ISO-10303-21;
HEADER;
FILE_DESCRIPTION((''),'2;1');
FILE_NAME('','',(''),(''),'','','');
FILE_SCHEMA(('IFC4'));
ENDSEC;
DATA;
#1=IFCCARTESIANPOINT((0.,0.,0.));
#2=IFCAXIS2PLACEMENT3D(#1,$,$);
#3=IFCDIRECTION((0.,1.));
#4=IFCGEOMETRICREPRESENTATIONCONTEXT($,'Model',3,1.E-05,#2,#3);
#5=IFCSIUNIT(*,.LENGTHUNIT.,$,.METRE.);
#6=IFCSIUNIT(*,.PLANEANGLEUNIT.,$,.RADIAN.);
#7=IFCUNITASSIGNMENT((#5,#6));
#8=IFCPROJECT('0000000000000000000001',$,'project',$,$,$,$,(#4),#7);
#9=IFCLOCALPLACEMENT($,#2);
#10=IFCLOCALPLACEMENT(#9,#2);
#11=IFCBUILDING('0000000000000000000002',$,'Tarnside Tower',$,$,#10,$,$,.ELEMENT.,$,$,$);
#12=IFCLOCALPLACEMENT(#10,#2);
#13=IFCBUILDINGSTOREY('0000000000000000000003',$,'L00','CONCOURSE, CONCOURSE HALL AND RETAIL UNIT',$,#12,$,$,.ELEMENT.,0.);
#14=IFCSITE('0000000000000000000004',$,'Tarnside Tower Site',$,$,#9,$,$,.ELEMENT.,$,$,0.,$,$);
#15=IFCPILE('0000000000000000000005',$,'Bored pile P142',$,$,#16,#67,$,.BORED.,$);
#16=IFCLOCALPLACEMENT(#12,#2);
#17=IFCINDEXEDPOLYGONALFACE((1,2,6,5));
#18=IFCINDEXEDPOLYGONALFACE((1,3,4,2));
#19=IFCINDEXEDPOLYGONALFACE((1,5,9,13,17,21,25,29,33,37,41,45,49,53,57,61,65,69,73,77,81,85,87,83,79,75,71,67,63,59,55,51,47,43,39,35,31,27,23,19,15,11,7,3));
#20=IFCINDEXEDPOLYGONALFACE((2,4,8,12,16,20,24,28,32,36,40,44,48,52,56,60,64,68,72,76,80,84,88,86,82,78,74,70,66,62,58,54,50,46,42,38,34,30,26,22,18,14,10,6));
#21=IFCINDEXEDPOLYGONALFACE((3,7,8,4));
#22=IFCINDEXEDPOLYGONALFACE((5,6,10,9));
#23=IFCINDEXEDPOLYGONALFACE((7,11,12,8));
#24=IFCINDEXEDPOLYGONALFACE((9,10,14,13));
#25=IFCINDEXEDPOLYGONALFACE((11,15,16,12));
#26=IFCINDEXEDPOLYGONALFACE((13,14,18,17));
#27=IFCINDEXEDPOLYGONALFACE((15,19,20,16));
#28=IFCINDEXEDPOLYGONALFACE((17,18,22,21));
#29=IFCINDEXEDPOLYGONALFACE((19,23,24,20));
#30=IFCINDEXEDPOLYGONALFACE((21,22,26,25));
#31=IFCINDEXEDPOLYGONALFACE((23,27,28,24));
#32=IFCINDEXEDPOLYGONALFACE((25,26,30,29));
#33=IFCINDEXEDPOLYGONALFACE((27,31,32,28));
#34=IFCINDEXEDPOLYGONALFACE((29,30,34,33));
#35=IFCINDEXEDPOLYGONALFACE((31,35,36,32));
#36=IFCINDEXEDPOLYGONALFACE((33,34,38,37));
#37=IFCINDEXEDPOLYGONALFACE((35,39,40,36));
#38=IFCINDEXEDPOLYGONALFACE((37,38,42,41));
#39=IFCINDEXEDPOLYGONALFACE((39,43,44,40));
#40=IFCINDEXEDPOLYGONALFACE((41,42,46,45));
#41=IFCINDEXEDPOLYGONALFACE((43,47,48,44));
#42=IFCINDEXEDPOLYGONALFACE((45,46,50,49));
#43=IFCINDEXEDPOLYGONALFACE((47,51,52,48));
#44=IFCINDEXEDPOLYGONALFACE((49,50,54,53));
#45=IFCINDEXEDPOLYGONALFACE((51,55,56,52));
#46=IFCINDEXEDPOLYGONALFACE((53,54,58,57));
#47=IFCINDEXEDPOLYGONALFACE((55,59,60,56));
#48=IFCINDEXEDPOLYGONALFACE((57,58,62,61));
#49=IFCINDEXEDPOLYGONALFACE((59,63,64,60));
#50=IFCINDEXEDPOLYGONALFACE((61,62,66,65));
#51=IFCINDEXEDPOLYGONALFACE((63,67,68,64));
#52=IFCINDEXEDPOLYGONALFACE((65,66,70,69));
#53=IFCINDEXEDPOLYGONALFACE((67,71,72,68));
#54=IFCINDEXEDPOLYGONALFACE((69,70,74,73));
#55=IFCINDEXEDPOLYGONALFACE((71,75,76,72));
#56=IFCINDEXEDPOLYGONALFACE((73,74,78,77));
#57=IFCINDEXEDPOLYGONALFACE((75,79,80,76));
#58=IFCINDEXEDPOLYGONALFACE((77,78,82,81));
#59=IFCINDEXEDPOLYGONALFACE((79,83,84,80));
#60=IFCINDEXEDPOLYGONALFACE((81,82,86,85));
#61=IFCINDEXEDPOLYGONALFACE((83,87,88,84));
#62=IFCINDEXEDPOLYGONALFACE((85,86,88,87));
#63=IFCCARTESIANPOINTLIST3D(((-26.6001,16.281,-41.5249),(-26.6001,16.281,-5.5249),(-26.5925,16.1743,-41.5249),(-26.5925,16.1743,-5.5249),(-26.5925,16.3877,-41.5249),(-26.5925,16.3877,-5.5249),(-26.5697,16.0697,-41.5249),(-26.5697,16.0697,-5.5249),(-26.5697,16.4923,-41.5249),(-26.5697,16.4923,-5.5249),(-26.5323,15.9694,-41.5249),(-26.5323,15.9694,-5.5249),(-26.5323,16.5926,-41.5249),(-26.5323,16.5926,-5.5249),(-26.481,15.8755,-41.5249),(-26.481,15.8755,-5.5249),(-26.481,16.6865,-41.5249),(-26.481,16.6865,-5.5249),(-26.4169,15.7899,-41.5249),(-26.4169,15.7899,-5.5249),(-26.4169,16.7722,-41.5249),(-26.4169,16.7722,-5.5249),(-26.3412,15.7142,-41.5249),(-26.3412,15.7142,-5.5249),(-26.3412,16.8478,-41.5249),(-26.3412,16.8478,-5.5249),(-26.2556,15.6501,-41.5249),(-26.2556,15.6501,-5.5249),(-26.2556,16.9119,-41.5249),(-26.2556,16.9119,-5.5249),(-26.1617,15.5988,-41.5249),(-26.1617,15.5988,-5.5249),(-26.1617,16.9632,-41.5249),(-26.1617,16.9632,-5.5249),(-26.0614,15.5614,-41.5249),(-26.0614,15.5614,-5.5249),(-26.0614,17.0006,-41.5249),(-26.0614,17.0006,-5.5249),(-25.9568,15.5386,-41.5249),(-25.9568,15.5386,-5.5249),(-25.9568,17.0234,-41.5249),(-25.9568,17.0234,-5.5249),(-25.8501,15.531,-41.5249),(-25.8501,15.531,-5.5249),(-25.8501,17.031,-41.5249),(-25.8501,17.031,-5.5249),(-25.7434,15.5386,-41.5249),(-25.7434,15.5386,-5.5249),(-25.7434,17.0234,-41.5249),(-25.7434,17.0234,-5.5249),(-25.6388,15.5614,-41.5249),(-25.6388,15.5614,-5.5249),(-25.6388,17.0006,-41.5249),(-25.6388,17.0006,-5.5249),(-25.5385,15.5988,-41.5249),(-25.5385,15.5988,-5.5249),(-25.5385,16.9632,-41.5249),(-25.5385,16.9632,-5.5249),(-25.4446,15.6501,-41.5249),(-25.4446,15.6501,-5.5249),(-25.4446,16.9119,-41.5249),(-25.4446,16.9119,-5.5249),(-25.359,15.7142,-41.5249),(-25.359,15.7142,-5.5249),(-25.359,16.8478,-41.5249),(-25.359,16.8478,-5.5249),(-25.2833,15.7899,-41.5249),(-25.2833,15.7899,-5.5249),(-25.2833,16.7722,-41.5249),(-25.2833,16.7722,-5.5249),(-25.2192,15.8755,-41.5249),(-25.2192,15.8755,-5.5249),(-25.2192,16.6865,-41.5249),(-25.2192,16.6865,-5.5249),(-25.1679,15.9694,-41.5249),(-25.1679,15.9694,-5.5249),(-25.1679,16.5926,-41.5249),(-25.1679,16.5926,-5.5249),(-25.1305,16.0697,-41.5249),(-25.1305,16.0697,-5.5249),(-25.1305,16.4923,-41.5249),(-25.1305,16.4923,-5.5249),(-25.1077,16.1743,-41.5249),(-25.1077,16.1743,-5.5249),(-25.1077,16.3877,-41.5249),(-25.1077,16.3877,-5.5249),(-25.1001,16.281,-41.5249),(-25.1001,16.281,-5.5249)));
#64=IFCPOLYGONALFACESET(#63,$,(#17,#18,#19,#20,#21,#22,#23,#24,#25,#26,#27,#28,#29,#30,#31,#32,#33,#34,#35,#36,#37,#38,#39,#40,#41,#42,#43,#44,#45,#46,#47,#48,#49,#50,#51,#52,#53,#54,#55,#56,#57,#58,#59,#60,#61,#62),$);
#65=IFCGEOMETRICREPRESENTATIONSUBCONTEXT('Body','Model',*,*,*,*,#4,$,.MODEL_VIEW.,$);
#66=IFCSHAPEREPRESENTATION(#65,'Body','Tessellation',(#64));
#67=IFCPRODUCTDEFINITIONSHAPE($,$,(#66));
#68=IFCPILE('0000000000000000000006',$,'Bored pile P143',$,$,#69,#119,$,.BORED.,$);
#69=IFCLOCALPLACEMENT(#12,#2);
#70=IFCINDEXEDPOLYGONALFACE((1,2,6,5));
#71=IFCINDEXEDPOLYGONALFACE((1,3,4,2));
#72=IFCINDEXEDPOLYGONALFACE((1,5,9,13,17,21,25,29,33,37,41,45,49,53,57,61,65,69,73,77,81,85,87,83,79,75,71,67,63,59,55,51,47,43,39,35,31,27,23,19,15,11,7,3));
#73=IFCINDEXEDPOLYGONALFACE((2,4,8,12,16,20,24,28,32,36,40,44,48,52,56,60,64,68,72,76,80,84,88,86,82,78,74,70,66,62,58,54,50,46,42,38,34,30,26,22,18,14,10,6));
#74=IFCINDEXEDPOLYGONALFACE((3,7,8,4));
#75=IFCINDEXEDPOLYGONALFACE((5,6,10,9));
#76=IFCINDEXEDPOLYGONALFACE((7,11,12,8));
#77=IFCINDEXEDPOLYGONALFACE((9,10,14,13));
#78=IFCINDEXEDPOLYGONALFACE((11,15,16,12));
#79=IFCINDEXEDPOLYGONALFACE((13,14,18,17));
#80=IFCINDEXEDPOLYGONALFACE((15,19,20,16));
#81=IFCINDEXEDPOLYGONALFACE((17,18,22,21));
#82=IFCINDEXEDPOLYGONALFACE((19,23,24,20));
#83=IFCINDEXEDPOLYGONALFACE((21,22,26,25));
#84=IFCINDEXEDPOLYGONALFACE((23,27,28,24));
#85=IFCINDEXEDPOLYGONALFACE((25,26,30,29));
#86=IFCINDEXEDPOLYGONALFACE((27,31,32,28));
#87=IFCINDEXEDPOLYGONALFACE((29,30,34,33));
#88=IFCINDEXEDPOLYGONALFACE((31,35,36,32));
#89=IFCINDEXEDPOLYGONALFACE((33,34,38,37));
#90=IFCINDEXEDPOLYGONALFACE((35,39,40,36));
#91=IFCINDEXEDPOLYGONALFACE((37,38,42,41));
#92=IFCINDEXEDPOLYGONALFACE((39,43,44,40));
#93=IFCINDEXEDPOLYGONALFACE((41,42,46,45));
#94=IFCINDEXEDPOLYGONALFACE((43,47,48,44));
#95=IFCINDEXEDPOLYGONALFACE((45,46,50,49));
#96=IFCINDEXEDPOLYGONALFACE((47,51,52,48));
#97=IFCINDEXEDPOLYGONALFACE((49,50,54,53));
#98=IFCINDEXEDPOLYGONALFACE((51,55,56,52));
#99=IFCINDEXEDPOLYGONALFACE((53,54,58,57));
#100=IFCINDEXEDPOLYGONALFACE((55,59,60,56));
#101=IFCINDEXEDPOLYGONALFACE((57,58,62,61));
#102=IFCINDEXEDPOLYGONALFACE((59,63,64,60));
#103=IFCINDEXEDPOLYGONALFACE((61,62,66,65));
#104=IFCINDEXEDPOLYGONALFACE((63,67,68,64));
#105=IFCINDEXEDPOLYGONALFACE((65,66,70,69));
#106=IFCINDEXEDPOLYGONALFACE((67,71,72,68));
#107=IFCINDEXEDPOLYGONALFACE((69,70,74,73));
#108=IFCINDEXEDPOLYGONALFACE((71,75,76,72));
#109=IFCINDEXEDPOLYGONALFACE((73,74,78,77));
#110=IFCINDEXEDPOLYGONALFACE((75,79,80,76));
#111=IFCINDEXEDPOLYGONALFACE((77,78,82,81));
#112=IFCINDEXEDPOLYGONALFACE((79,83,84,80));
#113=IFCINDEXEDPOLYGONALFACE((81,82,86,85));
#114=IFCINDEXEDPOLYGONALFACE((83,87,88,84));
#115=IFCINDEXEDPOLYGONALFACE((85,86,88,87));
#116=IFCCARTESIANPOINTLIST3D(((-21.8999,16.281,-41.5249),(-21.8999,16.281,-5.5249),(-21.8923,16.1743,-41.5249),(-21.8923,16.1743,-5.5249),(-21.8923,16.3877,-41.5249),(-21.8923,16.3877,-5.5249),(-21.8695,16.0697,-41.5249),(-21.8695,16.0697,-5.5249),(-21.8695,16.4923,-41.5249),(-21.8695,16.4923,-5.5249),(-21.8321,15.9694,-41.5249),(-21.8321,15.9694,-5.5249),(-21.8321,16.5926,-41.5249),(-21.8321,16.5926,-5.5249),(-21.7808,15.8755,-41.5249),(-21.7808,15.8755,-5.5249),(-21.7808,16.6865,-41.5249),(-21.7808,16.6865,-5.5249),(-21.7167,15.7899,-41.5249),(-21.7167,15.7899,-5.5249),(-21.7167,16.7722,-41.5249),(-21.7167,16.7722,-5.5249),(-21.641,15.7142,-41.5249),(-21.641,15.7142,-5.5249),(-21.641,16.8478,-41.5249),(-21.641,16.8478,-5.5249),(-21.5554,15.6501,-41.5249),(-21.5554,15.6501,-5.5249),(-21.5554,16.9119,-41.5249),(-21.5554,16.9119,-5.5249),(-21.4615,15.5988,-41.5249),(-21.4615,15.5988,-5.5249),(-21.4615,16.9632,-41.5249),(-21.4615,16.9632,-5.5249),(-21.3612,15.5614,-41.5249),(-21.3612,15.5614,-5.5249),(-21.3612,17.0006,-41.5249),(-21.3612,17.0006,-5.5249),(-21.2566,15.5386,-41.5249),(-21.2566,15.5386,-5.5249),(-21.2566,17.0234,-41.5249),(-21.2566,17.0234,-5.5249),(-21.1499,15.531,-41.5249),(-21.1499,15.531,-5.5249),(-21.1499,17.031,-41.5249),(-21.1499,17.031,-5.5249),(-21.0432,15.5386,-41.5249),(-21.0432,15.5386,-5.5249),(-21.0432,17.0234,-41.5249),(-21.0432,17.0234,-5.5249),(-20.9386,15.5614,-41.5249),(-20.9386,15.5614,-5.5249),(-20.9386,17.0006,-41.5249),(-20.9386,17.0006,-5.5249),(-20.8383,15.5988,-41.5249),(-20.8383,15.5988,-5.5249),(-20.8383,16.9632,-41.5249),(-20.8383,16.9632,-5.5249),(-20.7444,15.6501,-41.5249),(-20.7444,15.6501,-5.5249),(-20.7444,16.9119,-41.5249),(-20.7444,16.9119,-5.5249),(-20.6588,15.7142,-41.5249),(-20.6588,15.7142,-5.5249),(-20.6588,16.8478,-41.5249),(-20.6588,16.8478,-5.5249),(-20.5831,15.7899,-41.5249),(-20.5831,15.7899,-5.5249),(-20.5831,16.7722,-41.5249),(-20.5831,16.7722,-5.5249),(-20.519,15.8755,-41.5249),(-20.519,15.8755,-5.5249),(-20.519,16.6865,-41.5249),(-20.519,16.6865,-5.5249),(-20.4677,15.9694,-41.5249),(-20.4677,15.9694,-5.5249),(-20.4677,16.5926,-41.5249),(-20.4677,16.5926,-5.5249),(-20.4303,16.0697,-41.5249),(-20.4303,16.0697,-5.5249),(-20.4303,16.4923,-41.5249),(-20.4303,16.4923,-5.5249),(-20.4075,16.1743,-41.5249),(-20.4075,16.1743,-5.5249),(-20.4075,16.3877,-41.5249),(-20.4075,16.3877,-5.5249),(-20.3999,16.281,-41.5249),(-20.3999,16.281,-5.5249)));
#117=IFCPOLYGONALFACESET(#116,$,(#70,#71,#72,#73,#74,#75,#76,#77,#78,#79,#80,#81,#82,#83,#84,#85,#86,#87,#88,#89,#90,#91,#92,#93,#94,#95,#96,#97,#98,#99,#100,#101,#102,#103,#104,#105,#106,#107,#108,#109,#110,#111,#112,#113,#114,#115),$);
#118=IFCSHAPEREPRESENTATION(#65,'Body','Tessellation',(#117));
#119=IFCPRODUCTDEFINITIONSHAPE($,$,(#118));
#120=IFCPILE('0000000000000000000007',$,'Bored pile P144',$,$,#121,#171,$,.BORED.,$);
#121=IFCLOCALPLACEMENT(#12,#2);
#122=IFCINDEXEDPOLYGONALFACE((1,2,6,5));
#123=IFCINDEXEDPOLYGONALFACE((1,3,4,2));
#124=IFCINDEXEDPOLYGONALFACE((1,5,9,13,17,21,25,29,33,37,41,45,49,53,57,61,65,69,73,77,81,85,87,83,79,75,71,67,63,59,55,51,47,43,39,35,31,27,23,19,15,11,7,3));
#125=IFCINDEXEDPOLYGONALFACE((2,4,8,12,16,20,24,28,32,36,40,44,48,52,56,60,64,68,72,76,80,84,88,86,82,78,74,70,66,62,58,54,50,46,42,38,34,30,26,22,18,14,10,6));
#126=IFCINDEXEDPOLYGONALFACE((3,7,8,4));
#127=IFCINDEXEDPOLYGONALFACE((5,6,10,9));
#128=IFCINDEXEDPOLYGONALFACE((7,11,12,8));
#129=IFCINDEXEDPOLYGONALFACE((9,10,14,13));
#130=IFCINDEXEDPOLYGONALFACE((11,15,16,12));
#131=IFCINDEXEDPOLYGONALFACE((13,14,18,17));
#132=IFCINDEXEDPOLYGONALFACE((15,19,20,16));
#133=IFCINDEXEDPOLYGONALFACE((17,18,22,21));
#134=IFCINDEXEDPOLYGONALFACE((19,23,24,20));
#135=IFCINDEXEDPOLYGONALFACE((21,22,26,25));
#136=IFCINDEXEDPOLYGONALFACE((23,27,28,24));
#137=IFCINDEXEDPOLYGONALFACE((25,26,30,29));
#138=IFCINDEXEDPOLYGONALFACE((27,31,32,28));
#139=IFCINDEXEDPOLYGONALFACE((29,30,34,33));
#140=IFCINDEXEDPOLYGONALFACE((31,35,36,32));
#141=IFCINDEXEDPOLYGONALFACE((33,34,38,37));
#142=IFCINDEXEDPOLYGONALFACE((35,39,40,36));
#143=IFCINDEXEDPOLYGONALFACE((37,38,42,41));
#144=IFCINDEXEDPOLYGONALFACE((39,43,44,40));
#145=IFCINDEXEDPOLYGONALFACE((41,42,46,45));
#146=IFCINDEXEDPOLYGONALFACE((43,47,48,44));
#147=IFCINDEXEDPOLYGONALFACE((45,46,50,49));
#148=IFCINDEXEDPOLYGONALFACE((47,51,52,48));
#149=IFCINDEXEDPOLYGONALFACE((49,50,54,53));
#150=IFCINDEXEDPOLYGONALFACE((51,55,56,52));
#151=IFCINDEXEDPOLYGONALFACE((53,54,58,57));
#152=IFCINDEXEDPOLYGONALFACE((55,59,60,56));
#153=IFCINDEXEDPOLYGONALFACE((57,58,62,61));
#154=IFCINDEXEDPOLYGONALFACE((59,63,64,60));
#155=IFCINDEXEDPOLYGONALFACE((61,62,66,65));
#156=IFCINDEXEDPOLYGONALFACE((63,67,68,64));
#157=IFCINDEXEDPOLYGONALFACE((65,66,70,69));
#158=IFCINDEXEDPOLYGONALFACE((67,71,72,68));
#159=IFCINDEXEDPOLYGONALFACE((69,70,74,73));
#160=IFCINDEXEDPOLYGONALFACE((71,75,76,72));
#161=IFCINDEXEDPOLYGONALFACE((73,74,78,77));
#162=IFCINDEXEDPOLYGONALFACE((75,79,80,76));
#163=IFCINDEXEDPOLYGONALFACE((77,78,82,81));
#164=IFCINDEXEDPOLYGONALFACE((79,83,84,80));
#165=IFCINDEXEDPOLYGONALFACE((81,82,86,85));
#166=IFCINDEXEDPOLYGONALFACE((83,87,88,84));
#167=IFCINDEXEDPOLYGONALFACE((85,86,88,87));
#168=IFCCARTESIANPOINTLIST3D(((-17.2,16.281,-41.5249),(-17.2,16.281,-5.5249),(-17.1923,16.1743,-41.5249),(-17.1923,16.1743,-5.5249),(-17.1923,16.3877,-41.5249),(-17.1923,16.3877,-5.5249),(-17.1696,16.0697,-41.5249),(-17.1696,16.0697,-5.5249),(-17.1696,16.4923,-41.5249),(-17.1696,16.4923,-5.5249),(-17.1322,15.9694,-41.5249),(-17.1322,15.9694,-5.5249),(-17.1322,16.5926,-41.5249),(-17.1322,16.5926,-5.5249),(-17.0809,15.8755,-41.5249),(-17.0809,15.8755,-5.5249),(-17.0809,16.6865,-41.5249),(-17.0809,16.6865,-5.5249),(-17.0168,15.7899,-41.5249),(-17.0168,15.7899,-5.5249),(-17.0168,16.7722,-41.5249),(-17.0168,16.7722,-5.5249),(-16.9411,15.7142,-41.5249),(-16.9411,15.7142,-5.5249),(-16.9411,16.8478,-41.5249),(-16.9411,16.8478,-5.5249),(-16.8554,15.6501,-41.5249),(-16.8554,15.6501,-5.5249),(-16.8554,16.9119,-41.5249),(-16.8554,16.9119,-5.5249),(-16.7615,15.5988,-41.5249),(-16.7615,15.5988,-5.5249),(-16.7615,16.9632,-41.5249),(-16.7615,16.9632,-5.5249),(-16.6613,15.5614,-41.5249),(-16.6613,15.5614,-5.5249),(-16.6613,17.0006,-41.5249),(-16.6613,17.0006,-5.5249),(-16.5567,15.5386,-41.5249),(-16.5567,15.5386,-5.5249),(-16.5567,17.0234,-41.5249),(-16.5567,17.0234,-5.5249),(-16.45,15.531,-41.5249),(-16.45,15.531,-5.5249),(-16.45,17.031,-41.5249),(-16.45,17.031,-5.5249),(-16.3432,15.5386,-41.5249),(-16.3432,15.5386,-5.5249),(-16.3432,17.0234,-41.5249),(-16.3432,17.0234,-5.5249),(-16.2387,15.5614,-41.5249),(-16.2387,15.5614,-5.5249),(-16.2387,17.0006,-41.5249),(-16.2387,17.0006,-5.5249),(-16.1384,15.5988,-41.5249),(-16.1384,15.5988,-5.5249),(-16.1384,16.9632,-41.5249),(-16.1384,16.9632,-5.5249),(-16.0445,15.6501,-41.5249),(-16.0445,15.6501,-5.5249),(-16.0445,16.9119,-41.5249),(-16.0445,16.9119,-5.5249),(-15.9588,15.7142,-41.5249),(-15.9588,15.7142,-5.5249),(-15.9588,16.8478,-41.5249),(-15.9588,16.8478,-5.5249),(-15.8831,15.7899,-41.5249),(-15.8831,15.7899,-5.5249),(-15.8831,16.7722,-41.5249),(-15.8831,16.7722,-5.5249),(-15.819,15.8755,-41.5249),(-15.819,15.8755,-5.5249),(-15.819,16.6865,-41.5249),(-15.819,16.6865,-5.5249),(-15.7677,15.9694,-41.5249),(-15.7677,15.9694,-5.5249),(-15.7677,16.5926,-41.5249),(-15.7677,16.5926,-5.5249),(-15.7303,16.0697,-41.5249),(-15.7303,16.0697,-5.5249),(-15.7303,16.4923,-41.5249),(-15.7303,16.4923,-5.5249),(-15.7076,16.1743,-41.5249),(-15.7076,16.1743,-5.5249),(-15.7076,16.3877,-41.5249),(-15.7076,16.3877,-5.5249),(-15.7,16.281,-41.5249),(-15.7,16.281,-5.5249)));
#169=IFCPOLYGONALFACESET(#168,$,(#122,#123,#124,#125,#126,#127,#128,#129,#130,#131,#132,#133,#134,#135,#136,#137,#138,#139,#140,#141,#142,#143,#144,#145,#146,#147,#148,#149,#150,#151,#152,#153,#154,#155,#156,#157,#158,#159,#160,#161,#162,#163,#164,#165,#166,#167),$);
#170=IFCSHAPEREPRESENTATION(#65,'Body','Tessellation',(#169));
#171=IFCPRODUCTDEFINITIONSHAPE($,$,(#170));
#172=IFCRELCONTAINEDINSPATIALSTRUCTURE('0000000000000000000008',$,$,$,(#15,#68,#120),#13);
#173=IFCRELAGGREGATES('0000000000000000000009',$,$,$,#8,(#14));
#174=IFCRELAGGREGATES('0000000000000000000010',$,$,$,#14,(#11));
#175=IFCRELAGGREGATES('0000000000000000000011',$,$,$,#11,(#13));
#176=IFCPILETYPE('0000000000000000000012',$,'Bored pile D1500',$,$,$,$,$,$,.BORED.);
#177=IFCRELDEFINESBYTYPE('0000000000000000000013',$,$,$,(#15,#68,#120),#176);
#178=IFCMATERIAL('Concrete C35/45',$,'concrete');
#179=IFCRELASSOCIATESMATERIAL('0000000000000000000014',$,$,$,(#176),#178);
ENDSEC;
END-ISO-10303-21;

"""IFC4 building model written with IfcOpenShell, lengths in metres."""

from ifc_helpers import new_model, si_unit, direction, frame, origin, origin_2d, place, context, subcontext, project, spatial, circle, extrude, material, material_profile, profile_set, type_object, element, save


model = new_model("IFC4")

# Units and contexts
model_context = context("Model", 3, precision=1e-05, world=origin(), true_north=direction((0.0, 1.0)))
body_context = subcontext(model_context, "Body", "Model", "MODEL_VIEW")
ifc_project = project(units=[si_unit("LENGTHUNIT", "METRE"), si_unit("PLANEANGLEUNIT", "RADIAN")], contexts=[model_context])

# Site, building, storey
site_placement = place(None, origin())
site = spatial("IfcSite", under=ifc_project, at=site_placement, Name="Tarnside Tower Site", CompositionType="ELEMENT", RefElevation=0.0)
building_placement = place(site_placement, origin())
building = spatial("IfcBuilding", under=site, at=building_placement, Name="Tarnside Tower", CompositionType="ELEMENT")
storey_placement = place(building_placement, origin())
storey = spatial("IfcBuildingStorey", under=building, at=storey_placement, Name="L00", Description="CONCOURSE, CONCOURSE HALL AND RETAIL UNIT", CompositionType="ELEMENT", Elevation=0.0)

# Piles
ifc_material_1 = material(Name="Concrete C35/45", Category="concrete")
ifc_material_profile_1 = material_profile(ifc_material_1, circle(Radius=0.75, at=origin_2d()), Name="Bored pile D1500")
ifc_profile_set_1 = profile_set([ifc_material_profile_1], Name="Concrete C35/45")
pile_type = type_object("IfcPileType", Name="Bored pile D1500", PredefinedType="BORED", material=ifc_profile_set_1)
for number, where, z_axis, x_axis, name in (
    (1, (-25.8501, 16.281, -5.5249), (0.0, 0.0, -1.0), (1.0, 0.0, 0.0), "Bored pile P142"),
    (2, (-21.1499, 16.281, -5.5249), (0.0, 0.0, -1.0), (1.0, 0.0, 0.0), "Bored pile P143"),
    (3, (-16.45, 16.281, -5.5249), (0.0, 0.0, -1.0), (1.0, 0.0, 0.0), "Bored pile P144"),
):
    element("IfcPile", number, at=place(storey_placement, frame(where, z_axis=z_axis, x_axis=x_axis)), inside=storey, type_object=pile_type, Name=name, PredefinedType="BORED", context=body_context, shape_type="SweptSolid", body=[
        extrude(circle(Radius=0.75, at=origin_2d()), origin(), (0.0, 0.0, 1.0), 36.0),
    ])

save(model, "model.ifc")
